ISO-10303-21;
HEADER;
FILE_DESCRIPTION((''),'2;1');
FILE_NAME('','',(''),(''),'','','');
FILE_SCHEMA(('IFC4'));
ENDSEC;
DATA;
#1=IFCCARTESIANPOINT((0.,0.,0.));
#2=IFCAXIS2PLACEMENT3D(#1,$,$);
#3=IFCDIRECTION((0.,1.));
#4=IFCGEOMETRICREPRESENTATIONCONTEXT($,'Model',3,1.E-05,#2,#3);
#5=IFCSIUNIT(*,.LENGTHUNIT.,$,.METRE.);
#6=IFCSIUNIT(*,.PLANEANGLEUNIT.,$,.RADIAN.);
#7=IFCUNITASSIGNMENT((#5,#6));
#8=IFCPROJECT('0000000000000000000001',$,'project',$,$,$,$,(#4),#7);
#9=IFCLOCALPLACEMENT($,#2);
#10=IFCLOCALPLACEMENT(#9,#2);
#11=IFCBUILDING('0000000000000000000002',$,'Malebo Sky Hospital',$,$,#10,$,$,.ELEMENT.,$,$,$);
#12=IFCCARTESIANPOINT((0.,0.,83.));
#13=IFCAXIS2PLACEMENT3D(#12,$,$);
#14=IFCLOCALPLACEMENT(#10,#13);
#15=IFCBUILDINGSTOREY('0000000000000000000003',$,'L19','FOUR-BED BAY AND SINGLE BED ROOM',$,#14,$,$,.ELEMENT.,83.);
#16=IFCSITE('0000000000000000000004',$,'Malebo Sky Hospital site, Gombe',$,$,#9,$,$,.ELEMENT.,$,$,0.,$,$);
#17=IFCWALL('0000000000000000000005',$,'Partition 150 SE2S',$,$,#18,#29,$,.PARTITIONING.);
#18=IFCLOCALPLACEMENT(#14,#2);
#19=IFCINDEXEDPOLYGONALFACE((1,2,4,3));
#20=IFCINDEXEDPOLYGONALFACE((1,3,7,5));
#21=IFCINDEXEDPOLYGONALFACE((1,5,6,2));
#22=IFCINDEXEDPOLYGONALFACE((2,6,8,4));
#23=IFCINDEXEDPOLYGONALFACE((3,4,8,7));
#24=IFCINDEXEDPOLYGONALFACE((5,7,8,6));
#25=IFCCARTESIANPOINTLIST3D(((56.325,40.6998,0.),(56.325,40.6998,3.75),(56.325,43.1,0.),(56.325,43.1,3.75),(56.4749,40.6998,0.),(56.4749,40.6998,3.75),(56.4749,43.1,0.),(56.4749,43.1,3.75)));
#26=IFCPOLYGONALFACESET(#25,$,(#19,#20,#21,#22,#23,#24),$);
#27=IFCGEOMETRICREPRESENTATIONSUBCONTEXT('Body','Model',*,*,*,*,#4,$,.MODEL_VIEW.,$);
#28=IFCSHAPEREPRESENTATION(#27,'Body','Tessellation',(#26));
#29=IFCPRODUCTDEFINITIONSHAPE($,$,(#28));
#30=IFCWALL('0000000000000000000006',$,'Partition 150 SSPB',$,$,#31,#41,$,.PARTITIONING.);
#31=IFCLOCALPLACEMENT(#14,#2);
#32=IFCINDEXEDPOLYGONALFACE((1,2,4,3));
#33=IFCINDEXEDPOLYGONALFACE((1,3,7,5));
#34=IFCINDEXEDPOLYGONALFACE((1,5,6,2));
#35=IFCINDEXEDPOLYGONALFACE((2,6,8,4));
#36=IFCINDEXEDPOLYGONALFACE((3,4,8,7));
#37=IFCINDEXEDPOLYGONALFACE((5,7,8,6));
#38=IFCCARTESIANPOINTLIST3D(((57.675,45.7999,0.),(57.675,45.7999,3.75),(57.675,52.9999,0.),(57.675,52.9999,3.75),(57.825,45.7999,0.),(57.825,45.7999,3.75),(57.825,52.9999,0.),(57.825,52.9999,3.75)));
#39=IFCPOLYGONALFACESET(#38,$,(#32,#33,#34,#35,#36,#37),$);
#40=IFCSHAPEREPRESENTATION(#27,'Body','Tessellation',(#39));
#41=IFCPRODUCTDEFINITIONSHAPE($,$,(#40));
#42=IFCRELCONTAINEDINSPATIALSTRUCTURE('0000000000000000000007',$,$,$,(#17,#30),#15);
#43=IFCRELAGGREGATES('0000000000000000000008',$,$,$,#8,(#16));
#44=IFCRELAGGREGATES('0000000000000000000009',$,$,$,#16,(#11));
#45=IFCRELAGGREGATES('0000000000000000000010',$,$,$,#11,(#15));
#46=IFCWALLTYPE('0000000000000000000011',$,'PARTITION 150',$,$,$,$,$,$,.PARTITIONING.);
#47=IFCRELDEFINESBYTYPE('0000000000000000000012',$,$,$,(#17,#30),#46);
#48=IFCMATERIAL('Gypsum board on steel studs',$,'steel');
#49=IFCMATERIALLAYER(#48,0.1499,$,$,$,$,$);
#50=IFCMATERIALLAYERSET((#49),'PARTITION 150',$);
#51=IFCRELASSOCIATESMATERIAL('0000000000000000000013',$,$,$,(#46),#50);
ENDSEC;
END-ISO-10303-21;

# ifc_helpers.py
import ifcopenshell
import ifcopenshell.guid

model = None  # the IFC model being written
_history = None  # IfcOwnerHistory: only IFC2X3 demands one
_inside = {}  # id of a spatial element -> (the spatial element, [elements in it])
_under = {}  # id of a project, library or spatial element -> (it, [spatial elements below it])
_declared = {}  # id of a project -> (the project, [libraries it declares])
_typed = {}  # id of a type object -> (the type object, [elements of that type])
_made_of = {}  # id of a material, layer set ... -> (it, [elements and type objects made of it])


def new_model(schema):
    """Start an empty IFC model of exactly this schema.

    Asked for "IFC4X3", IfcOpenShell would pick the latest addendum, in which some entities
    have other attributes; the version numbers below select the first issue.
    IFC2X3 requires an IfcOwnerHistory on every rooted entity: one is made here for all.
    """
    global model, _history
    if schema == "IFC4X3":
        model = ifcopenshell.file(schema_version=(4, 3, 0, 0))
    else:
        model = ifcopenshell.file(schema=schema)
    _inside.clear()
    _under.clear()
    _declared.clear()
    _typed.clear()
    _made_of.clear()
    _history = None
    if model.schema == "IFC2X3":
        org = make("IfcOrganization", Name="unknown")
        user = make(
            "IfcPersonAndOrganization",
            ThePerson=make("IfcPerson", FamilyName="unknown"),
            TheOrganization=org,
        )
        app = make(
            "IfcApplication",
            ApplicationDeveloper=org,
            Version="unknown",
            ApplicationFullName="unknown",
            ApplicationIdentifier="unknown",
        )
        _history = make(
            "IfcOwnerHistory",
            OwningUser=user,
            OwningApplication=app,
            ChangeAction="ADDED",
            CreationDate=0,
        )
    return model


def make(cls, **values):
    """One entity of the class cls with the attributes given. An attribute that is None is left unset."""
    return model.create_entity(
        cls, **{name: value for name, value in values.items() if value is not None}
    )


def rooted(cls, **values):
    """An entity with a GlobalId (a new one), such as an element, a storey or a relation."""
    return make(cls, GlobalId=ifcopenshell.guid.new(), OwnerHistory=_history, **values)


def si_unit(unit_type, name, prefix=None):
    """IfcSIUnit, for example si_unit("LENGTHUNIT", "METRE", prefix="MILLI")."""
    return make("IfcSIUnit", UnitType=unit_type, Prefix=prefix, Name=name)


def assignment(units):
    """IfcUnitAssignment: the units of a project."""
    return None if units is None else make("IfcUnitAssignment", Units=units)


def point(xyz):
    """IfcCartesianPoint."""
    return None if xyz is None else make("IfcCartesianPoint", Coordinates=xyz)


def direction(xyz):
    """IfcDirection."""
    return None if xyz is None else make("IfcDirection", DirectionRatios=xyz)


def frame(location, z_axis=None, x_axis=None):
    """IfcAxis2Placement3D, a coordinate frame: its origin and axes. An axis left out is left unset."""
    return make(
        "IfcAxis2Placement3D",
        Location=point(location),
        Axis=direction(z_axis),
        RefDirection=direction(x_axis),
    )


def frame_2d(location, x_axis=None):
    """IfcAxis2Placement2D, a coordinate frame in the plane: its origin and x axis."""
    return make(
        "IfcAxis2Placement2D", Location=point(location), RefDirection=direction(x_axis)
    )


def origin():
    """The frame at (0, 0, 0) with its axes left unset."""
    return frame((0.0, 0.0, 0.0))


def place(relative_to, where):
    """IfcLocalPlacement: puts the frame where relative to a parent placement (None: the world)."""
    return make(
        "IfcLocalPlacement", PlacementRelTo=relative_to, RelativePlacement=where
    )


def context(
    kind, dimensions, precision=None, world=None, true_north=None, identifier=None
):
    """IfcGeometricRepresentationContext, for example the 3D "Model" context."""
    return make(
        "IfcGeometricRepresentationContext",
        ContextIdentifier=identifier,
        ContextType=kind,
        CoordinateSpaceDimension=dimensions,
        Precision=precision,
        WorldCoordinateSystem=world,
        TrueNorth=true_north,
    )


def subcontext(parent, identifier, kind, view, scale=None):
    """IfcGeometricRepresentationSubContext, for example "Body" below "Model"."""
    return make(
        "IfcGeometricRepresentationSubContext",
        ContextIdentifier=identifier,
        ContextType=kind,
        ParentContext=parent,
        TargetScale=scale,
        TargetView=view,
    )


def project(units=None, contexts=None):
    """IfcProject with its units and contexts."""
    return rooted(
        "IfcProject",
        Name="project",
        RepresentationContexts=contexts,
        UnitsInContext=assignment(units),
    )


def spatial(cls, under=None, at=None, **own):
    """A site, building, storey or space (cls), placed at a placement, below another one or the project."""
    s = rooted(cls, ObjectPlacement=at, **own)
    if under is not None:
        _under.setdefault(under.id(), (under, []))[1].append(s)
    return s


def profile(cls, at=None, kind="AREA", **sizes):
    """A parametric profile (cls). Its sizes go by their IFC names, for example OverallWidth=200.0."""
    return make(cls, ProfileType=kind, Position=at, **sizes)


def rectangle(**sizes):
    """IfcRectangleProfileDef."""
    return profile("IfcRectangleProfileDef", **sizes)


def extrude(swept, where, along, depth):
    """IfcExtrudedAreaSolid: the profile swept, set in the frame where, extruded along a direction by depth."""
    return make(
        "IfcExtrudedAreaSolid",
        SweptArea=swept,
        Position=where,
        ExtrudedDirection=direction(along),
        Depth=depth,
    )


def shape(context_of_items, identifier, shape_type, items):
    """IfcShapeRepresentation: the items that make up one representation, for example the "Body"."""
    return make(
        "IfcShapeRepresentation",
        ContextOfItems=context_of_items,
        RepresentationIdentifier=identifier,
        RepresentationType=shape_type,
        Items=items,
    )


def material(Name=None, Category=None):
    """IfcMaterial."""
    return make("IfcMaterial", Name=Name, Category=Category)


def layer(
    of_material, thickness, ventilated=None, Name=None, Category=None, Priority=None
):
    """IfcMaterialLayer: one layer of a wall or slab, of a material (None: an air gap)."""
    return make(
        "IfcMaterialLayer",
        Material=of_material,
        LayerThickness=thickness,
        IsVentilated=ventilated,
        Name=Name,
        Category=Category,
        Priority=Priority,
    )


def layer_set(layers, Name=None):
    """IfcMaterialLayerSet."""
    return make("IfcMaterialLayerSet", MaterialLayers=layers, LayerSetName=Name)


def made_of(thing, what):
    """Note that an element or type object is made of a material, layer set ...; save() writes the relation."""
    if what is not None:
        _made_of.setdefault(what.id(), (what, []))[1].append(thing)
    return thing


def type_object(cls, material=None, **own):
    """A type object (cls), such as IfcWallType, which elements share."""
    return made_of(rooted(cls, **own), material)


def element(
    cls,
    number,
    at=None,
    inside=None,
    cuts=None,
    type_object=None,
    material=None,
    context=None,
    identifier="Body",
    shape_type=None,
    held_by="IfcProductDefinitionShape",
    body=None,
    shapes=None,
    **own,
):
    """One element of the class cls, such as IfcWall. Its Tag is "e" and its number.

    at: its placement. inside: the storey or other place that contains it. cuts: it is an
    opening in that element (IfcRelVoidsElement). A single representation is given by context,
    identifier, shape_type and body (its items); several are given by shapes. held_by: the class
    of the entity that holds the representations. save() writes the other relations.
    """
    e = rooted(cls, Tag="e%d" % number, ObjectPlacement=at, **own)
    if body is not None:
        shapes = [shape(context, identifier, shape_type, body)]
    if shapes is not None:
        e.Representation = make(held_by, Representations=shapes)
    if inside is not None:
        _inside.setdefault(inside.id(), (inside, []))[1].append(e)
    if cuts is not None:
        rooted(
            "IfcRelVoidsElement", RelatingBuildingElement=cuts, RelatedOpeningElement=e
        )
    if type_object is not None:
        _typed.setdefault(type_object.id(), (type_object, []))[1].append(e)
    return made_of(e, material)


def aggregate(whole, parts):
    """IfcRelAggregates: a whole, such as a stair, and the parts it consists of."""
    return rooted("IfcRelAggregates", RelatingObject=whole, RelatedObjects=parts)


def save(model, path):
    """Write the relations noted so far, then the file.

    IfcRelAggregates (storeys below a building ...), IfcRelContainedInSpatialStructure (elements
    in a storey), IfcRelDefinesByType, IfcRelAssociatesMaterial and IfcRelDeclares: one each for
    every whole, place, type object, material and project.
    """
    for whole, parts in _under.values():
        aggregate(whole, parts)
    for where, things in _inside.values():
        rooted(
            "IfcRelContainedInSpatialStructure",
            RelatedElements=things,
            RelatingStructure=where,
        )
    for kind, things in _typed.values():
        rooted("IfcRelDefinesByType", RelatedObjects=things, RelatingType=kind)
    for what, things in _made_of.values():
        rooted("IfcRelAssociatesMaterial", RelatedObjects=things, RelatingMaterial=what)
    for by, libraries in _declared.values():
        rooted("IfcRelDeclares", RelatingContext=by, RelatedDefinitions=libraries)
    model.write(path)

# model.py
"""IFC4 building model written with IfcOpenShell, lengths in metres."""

from ifc_helpers import new_model, si_unit, direction, frame, frame_2d, origin, place, context, subcontext, project, spatial, rectangle, extrude, material, layer, layer_set, type_object, element, save


model = new_model("IFC4")

# Units and contexts
model_context = context("Model", 3, precision=1e-05, world=origin(), true_north=direction((0.0, 1.0)))
body_context = subcontext(model_context, "Body", "Model", "MODEL_VIEW")
ifc_project = project(units=[si_unit("LENGTHUNIT", "METRE"), si_unit("PLANEANGLEUNIT", "RADIAN")], contexts=[model_context])

# Site, building, storey
site_placement = place(None, origin())
site = spatial("IfcSite", under=ifc_project, at=site_placement, Name="Malebo Sky Hospital site, Gombe", CompositionType="ELEMENT", RefElevation=0.0)
building_placement = place(site_placement, origin())
building = spatial("IfcBuilding", under=site, at=building_placement, Name="Malebo Sky Hospital", CompositionType="ELEMENT")
storey_placement = place(building_placement, frame((0.0, 0.0, 83.0)))
storey = spatial("IfcBuildingStorey", under=building, at=storey_placement, Name="L19", Description="FOUR-BED BAY AND SINGLE BED ROOM", CompositionType="ELEMENT", Elevation=83.0)

# Shared definitions
ifc_material_1 = material(Name="Gypsum board on steel studs", Category="steel")

# Shared definitions
ifc_layer_1 = layer(ifc_material_1, 0.1499)
ifc_layer_set_1 = layer_set([ifc_layer_1], Name="PARTITION 150")
wall_type_1 = type_object("IfcWallType", Name="PARTITION 150", PredefinedType="PARTITIONING", material=ifc_layer_set_1)

# Walls
wall_1_placement = place(storey_placement, frame((56.3999, 43.1001, 0.0), z_axis=(0.0, 0.0, 1.0), x_axis=(0.0, -1.0, 0.0)))
element("IfcWall", 1, at=wall_1_placement, inside=storey, type_object=wall_type_1, Name="Partition 150 SE2S", PredefinedType="PARTITIONING", context=body_context, shape_type="SweptSolid", body=[
    extrude(rectangle(XDim=2.4001, YDim=0.1499, at=frame_2d((1.2002, 0.0))), origin(), (0.0, 0.0, 1.0), 3.75),
])
wall_2_placement = place(storey_placement, frame((57.75, 53.0, 0.0), z_axis=(0.0, 0.0, 1.0), x_axis=(0.0, -1.0, 0.0)))
element("IfcWall", 2, at=wall_2_placement, inside=storey, type_object=wall_type_1, Name="Partition 150 SSPB", PredefinedType="PARTITIONING", context=body_context, shape_type="SweptSolid", body=[
    extrude(rectangle(XDim=7.2, YDim=0.1499, at=frame_2d((3.6001, 0.0))), origin(), (0.0, 0.0, 1.0), 3.75),
])

save(model, "model.ifc")
